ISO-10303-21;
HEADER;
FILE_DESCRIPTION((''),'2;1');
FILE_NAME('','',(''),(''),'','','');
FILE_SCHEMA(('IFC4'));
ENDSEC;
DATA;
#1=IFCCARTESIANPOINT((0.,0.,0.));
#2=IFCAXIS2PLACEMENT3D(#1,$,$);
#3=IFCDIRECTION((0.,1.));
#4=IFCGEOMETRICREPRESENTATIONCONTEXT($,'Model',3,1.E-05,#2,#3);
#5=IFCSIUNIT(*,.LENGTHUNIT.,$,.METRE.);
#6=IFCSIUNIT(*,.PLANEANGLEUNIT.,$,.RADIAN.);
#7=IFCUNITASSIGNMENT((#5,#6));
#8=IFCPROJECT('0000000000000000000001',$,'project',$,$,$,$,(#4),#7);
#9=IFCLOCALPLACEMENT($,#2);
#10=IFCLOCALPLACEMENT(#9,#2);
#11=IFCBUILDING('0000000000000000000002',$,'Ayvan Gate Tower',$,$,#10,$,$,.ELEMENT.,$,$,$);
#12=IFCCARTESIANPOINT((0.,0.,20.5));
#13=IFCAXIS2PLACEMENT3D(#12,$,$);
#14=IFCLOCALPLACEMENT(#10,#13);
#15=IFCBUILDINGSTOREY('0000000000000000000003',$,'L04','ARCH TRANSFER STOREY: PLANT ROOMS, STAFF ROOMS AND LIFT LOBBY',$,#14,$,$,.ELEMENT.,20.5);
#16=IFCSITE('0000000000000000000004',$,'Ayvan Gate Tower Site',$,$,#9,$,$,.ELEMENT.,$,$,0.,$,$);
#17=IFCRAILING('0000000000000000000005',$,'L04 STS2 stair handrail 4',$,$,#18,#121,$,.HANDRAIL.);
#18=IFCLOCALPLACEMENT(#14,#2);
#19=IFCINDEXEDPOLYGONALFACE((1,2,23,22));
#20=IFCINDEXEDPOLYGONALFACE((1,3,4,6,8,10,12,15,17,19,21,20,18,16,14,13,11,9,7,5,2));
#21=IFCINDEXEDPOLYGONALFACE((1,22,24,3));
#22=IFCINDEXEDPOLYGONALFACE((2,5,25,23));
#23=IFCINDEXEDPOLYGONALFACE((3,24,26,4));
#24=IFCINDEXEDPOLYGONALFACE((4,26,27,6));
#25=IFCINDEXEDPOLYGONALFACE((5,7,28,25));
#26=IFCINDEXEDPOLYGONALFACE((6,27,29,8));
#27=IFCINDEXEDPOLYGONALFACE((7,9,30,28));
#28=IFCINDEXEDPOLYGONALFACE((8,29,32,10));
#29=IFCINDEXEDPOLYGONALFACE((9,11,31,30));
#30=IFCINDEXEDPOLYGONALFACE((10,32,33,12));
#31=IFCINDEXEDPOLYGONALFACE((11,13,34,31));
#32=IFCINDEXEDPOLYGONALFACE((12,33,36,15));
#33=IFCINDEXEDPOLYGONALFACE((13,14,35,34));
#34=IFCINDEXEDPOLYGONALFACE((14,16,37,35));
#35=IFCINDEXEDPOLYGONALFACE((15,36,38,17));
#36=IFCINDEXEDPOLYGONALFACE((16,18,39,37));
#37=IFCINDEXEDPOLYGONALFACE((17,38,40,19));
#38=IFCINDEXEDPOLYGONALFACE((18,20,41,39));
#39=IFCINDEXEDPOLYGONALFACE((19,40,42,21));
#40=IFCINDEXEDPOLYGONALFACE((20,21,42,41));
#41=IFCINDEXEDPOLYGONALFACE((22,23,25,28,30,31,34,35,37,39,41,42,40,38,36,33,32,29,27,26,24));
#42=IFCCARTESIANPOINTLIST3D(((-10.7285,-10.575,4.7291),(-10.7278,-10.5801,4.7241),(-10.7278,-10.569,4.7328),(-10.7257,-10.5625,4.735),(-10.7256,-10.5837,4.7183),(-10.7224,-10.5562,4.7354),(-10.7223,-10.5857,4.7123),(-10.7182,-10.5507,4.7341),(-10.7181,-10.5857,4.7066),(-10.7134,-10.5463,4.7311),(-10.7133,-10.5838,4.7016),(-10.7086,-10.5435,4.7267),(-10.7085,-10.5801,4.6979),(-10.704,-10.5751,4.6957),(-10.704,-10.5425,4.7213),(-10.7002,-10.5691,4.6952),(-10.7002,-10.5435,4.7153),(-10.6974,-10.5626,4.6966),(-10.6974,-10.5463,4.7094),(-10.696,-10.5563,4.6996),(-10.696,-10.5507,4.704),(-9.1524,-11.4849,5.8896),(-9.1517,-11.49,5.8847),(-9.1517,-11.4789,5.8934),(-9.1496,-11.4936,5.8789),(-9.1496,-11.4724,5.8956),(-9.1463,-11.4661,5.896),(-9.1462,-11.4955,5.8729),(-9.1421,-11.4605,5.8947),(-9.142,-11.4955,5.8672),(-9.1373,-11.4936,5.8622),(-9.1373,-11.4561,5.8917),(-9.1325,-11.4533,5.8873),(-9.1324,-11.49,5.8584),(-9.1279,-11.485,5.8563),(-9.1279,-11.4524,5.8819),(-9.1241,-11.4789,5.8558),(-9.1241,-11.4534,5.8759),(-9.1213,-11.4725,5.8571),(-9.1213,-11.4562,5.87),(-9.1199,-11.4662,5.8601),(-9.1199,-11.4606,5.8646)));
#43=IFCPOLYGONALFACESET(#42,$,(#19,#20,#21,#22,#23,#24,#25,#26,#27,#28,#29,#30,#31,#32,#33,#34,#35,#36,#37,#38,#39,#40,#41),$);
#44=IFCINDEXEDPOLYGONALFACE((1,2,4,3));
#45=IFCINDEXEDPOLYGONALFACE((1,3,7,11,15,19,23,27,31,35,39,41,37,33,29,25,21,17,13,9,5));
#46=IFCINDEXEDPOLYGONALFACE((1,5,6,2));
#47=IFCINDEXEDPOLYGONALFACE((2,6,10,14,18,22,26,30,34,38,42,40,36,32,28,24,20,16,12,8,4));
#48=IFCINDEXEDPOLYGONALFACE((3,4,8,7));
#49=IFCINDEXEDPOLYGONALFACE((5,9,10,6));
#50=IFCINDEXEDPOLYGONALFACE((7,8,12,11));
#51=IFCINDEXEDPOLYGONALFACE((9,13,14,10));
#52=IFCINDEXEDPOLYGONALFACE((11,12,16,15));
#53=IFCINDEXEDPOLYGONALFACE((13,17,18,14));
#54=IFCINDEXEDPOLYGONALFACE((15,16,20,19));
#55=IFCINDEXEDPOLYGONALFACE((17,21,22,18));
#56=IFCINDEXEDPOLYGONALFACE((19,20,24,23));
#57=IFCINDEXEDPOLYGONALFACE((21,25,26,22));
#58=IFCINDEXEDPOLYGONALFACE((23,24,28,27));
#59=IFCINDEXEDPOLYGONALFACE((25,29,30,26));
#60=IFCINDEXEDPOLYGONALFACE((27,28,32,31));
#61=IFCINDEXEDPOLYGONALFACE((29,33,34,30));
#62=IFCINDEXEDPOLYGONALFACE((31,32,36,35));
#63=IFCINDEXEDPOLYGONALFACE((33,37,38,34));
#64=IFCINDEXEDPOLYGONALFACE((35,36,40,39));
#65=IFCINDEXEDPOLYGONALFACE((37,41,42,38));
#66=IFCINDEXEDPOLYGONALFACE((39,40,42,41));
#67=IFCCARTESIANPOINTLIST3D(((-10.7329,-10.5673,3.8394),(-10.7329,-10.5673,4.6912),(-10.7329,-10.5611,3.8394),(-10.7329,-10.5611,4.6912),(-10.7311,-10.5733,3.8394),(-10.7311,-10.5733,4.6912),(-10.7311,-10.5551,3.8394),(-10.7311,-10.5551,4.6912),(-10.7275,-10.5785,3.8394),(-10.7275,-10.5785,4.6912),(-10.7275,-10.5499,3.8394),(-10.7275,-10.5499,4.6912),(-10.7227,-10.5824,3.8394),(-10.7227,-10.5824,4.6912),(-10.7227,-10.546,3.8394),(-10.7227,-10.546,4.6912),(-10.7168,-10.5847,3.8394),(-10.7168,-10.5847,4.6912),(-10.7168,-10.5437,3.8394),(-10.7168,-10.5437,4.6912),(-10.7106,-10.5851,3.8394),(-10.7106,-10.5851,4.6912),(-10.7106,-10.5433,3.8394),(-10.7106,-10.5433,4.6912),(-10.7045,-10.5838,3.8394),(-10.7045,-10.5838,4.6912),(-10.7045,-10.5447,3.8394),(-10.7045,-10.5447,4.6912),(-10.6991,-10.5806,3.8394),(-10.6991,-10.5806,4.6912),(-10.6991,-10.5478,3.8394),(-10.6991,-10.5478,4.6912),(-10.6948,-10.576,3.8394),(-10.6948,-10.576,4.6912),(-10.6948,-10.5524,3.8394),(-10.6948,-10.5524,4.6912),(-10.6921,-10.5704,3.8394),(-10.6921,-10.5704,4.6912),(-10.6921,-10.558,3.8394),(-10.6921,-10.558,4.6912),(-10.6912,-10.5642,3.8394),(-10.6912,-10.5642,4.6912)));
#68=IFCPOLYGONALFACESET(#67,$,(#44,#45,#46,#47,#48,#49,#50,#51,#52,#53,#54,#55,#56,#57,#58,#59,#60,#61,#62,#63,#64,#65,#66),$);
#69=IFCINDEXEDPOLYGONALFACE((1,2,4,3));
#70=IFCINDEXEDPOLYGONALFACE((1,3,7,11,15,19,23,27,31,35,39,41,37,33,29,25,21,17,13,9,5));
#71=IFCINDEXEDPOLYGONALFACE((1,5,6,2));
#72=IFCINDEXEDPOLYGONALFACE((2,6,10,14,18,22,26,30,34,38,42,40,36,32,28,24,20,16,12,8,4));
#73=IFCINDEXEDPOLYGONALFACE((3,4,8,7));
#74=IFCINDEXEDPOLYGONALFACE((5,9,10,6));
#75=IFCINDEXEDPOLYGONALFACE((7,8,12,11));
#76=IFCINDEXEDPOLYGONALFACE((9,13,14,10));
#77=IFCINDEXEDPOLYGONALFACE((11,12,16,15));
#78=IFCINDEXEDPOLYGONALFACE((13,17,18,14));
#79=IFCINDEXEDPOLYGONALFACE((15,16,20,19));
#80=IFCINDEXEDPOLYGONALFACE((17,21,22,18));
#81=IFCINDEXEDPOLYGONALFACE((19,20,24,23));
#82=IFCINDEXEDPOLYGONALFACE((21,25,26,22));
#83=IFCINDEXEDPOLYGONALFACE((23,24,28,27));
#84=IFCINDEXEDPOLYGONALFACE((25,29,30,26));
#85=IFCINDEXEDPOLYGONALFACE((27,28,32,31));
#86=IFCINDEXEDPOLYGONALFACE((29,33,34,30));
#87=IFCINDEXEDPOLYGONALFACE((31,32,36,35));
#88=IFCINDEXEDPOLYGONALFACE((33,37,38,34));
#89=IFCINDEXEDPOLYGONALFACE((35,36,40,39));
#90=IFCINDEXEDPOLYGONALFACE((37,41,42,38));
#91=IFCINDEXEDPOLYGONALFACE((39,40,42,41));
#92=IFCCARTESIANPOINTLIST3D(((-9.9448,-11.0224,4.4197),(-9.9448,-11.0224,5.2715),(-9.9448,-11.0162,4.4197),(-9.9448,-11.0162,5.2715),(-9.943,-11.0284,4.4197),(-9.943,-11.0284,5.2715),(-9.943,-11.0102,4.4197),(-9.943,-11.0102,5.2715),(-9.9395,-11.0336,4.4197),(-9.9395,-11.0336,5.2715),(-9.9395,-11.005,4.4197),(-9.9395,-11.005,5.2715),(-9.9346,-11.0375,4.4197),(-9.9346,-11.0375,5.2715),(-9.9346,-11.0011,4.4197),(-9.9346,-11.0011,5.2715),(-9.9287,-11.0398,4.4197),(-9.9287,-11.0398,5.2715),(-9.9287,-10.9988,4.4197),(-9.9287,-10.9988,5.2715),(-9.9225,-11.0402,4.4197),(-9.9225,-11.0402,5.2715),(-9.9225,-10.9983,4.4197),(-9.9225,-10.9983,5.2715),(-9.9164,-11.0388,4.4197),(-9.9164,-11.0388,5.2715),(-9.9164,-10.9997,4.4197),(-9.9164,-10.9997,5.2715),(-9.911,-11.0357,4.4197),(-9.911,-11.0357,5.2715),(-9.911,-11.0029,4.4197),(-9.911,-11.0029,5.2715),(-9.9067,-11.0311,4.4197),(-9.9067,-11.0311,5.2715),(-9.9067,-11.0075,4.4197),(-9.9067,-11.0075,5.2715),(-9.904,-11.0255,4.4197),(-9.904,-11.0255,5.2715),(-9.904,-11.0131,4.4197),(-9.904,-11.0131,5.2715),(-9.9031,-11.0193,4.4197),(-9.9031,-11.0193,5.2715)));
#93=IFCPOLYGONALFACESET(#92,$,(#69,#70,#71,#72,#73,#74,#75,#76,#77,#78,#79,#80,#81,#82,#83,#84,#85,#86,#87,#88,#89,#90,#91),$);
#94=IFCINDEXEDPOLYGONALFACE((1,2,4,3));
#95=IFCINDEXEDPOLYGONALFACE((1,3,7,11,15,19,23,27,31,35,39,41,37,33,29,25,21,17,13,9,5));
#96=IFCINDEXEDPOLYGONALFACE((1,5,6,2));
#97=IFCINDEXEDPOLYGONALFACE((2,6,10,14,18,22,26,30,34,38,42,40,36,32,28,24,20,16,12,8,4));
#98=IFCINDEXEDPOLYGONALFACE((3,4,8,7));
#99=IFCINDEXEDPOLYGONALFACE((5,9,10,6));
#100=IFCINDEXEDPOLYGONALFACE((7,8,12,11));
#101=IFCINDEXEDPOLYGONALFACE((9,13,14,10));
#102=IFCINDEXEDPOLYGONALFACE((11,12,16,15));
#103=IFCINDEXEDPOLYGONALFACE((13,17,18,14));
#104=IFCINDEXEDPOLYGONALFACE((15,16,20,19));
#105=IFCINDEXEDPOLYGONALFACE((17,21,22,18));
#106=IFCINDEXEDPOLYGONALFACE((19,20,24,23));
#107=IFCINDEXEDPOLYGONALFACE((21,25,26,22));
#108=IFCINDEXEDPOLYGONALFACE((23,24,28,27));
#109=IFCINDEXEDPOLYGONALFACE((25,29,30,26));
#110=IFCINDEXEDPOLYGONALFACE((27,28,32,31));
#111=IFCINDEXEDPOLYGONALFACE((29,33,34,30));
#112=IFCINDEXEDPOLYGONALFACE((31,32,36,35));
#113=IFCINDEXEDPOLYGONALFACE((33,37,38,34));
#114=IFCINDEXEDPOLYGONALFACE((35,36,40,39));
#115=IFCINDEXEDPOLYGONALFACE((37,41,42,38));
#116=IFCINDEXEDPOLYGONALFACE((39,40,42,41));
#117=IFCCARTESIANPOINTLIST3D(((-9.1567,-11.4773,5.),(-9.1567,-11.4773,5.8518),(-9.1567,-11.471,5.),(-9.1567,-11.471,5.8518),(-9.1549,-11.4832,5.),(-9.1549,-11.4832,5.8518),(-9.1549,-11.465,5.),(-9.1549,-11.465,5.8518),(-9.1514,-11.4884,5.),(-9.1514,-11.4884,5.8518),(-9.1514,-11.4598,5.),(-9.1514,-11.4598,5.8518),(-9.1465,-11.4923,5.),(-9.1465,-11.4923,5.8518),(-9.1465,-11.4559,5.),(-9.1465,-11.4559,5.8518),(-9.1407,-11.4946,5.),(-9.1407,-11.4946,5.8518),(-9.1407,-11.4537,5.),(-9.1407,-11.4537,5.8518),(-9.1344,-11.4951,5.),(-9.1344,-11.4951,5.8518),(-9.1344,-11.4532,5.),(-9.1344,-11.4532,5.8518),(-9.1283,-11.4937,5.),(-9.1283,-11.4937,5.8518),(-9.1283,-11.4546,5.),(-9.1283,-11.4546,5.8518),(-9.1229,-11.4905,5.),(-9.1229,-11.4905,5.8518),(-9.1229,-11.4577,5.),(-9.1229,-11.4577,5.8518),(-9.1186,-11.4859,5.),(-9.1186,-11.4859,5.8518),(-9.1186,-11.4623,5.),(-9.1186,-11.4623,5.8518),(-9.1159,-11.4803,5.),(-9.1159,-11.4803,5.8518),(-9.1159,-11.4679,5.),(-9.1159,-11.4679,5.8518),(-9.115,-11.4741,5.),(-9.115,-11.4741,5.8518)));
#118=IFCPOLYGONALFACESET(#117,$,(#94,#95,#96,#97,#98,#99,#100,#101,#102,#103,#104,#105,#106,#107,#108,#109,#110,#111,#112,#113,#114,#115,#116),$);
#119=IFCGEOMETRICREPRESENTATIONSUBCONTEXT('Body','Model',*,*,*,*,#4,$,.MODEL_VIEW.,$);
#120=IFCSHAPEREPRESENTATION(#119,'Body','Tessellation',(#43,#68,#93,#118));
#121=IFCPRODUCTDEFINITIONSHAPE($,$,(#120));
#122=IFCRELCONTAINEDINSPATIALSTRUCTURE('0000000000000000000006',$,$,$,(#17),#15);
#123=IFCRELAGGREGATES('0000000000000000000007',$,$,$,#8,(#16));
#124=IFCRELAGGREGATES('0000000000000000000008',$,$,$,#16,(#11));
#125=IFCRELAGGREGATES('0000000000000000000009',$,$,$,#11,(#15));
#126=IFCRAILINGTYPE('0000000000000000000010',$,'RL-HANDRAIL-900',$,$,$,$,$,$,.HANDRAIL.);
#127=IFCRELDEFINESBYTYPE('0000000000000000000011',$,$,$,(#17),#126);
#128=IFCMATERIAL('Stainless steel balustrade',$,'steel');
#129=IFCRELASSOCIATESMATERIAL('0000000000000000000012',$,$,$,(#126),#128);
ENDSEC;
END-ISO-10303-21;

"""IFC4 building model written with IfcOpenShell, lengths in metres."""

from ifc_helpers import new_model, si_unit, direction, frame, origin, origin_2d, place, context, subcontext, project, spatial, circle, extrude, material, type_object, element, save


model = new_model("IFC4")

# Units and contexts
model_context = context("Model", 3, precision=1e-05, world=origin(), true_north=direction((0.0, 1.0)))
body_context = subcontext(model_context, "Body", "Model", "MODEL_VIEW")
ifc_project = project(units=[si_unit("LENGTHUNIT", "METRE"), si_unit("PLANEANGLEUNIT", "RADIAN")], contexts=[model_context])

# Site, building, storey
site_placement = place(None, origin())
site = spatial("IfcSite", under=ifc_project, at=site_placement, Name="Ayvan Gate Tower Site", CompositionType="ELEMENT", RefElevation=0.0)
building_placement = place(site_placement, origin())
building = spatial("IfcBuilding", under=site, at=building_placement, Name="Ayvan Gate Tower", CompositionType="ELEMENT")
storey_placement = place(building_placement, frame((0.0, 0.0, 20.5)))
storey = spatial("IfcBuildingStorey", under=building, at=storey_placement, Name="L04", Description="ARCH TRANSFER STOREY: PLANT ROOMS, STAFF ROOMS AND LIFT LOBBY", CompositionType="ELEMENT", Elevation=20.5)

# Railing
ifc_material_1 = material(Name="Stainless steel balustrade", Category="steel")
railing_type_1 = type_object("IfcRailingType", Name="RL-HANDRAIL-900", PredefinedType="HANDRAIL", material=ifc_material_1)
railing_1_placement = place(storey_placement, frame((-10.7122, -10.5642, 3.8394)))
element("IfcRailing", 1, at=railing_1_placement, inside=storey, type_object=railing_type_1, Name="L04 STS2 stair handrail 4", PredefinedType="HANDRAIL", context=body_context, shape_type="SweptSolid", body=[
    extrude(circle(Radius=0.0239, at=origin_2d()), frame((0.0, 0.0, 0.876), z_axis=(0.730198, -0.421538, 0.537695), x_axis=(0.499962, 0.866047, 0.0)), (0.0, 0.0, 1.0), 2.1584),
    extrude(circle(Radius=0.021, at=origin_2d()), origin(), (0.0, 0.0, 1.0), 0.8518),
    extrude(circle(Radius=0.021, at=origin_2d()), frame((0.7881, -0.4551, 0.5803)), (0.0, 0.0, 1.0), 0.8518),
    extrude(circle(Radius=0.021, at=origin_2d()), frame((1.5762, -0.9099, 1.1606)), (0.0, 0.0, 1.0), 0.8518),
])

save(model, "model.ifc")
